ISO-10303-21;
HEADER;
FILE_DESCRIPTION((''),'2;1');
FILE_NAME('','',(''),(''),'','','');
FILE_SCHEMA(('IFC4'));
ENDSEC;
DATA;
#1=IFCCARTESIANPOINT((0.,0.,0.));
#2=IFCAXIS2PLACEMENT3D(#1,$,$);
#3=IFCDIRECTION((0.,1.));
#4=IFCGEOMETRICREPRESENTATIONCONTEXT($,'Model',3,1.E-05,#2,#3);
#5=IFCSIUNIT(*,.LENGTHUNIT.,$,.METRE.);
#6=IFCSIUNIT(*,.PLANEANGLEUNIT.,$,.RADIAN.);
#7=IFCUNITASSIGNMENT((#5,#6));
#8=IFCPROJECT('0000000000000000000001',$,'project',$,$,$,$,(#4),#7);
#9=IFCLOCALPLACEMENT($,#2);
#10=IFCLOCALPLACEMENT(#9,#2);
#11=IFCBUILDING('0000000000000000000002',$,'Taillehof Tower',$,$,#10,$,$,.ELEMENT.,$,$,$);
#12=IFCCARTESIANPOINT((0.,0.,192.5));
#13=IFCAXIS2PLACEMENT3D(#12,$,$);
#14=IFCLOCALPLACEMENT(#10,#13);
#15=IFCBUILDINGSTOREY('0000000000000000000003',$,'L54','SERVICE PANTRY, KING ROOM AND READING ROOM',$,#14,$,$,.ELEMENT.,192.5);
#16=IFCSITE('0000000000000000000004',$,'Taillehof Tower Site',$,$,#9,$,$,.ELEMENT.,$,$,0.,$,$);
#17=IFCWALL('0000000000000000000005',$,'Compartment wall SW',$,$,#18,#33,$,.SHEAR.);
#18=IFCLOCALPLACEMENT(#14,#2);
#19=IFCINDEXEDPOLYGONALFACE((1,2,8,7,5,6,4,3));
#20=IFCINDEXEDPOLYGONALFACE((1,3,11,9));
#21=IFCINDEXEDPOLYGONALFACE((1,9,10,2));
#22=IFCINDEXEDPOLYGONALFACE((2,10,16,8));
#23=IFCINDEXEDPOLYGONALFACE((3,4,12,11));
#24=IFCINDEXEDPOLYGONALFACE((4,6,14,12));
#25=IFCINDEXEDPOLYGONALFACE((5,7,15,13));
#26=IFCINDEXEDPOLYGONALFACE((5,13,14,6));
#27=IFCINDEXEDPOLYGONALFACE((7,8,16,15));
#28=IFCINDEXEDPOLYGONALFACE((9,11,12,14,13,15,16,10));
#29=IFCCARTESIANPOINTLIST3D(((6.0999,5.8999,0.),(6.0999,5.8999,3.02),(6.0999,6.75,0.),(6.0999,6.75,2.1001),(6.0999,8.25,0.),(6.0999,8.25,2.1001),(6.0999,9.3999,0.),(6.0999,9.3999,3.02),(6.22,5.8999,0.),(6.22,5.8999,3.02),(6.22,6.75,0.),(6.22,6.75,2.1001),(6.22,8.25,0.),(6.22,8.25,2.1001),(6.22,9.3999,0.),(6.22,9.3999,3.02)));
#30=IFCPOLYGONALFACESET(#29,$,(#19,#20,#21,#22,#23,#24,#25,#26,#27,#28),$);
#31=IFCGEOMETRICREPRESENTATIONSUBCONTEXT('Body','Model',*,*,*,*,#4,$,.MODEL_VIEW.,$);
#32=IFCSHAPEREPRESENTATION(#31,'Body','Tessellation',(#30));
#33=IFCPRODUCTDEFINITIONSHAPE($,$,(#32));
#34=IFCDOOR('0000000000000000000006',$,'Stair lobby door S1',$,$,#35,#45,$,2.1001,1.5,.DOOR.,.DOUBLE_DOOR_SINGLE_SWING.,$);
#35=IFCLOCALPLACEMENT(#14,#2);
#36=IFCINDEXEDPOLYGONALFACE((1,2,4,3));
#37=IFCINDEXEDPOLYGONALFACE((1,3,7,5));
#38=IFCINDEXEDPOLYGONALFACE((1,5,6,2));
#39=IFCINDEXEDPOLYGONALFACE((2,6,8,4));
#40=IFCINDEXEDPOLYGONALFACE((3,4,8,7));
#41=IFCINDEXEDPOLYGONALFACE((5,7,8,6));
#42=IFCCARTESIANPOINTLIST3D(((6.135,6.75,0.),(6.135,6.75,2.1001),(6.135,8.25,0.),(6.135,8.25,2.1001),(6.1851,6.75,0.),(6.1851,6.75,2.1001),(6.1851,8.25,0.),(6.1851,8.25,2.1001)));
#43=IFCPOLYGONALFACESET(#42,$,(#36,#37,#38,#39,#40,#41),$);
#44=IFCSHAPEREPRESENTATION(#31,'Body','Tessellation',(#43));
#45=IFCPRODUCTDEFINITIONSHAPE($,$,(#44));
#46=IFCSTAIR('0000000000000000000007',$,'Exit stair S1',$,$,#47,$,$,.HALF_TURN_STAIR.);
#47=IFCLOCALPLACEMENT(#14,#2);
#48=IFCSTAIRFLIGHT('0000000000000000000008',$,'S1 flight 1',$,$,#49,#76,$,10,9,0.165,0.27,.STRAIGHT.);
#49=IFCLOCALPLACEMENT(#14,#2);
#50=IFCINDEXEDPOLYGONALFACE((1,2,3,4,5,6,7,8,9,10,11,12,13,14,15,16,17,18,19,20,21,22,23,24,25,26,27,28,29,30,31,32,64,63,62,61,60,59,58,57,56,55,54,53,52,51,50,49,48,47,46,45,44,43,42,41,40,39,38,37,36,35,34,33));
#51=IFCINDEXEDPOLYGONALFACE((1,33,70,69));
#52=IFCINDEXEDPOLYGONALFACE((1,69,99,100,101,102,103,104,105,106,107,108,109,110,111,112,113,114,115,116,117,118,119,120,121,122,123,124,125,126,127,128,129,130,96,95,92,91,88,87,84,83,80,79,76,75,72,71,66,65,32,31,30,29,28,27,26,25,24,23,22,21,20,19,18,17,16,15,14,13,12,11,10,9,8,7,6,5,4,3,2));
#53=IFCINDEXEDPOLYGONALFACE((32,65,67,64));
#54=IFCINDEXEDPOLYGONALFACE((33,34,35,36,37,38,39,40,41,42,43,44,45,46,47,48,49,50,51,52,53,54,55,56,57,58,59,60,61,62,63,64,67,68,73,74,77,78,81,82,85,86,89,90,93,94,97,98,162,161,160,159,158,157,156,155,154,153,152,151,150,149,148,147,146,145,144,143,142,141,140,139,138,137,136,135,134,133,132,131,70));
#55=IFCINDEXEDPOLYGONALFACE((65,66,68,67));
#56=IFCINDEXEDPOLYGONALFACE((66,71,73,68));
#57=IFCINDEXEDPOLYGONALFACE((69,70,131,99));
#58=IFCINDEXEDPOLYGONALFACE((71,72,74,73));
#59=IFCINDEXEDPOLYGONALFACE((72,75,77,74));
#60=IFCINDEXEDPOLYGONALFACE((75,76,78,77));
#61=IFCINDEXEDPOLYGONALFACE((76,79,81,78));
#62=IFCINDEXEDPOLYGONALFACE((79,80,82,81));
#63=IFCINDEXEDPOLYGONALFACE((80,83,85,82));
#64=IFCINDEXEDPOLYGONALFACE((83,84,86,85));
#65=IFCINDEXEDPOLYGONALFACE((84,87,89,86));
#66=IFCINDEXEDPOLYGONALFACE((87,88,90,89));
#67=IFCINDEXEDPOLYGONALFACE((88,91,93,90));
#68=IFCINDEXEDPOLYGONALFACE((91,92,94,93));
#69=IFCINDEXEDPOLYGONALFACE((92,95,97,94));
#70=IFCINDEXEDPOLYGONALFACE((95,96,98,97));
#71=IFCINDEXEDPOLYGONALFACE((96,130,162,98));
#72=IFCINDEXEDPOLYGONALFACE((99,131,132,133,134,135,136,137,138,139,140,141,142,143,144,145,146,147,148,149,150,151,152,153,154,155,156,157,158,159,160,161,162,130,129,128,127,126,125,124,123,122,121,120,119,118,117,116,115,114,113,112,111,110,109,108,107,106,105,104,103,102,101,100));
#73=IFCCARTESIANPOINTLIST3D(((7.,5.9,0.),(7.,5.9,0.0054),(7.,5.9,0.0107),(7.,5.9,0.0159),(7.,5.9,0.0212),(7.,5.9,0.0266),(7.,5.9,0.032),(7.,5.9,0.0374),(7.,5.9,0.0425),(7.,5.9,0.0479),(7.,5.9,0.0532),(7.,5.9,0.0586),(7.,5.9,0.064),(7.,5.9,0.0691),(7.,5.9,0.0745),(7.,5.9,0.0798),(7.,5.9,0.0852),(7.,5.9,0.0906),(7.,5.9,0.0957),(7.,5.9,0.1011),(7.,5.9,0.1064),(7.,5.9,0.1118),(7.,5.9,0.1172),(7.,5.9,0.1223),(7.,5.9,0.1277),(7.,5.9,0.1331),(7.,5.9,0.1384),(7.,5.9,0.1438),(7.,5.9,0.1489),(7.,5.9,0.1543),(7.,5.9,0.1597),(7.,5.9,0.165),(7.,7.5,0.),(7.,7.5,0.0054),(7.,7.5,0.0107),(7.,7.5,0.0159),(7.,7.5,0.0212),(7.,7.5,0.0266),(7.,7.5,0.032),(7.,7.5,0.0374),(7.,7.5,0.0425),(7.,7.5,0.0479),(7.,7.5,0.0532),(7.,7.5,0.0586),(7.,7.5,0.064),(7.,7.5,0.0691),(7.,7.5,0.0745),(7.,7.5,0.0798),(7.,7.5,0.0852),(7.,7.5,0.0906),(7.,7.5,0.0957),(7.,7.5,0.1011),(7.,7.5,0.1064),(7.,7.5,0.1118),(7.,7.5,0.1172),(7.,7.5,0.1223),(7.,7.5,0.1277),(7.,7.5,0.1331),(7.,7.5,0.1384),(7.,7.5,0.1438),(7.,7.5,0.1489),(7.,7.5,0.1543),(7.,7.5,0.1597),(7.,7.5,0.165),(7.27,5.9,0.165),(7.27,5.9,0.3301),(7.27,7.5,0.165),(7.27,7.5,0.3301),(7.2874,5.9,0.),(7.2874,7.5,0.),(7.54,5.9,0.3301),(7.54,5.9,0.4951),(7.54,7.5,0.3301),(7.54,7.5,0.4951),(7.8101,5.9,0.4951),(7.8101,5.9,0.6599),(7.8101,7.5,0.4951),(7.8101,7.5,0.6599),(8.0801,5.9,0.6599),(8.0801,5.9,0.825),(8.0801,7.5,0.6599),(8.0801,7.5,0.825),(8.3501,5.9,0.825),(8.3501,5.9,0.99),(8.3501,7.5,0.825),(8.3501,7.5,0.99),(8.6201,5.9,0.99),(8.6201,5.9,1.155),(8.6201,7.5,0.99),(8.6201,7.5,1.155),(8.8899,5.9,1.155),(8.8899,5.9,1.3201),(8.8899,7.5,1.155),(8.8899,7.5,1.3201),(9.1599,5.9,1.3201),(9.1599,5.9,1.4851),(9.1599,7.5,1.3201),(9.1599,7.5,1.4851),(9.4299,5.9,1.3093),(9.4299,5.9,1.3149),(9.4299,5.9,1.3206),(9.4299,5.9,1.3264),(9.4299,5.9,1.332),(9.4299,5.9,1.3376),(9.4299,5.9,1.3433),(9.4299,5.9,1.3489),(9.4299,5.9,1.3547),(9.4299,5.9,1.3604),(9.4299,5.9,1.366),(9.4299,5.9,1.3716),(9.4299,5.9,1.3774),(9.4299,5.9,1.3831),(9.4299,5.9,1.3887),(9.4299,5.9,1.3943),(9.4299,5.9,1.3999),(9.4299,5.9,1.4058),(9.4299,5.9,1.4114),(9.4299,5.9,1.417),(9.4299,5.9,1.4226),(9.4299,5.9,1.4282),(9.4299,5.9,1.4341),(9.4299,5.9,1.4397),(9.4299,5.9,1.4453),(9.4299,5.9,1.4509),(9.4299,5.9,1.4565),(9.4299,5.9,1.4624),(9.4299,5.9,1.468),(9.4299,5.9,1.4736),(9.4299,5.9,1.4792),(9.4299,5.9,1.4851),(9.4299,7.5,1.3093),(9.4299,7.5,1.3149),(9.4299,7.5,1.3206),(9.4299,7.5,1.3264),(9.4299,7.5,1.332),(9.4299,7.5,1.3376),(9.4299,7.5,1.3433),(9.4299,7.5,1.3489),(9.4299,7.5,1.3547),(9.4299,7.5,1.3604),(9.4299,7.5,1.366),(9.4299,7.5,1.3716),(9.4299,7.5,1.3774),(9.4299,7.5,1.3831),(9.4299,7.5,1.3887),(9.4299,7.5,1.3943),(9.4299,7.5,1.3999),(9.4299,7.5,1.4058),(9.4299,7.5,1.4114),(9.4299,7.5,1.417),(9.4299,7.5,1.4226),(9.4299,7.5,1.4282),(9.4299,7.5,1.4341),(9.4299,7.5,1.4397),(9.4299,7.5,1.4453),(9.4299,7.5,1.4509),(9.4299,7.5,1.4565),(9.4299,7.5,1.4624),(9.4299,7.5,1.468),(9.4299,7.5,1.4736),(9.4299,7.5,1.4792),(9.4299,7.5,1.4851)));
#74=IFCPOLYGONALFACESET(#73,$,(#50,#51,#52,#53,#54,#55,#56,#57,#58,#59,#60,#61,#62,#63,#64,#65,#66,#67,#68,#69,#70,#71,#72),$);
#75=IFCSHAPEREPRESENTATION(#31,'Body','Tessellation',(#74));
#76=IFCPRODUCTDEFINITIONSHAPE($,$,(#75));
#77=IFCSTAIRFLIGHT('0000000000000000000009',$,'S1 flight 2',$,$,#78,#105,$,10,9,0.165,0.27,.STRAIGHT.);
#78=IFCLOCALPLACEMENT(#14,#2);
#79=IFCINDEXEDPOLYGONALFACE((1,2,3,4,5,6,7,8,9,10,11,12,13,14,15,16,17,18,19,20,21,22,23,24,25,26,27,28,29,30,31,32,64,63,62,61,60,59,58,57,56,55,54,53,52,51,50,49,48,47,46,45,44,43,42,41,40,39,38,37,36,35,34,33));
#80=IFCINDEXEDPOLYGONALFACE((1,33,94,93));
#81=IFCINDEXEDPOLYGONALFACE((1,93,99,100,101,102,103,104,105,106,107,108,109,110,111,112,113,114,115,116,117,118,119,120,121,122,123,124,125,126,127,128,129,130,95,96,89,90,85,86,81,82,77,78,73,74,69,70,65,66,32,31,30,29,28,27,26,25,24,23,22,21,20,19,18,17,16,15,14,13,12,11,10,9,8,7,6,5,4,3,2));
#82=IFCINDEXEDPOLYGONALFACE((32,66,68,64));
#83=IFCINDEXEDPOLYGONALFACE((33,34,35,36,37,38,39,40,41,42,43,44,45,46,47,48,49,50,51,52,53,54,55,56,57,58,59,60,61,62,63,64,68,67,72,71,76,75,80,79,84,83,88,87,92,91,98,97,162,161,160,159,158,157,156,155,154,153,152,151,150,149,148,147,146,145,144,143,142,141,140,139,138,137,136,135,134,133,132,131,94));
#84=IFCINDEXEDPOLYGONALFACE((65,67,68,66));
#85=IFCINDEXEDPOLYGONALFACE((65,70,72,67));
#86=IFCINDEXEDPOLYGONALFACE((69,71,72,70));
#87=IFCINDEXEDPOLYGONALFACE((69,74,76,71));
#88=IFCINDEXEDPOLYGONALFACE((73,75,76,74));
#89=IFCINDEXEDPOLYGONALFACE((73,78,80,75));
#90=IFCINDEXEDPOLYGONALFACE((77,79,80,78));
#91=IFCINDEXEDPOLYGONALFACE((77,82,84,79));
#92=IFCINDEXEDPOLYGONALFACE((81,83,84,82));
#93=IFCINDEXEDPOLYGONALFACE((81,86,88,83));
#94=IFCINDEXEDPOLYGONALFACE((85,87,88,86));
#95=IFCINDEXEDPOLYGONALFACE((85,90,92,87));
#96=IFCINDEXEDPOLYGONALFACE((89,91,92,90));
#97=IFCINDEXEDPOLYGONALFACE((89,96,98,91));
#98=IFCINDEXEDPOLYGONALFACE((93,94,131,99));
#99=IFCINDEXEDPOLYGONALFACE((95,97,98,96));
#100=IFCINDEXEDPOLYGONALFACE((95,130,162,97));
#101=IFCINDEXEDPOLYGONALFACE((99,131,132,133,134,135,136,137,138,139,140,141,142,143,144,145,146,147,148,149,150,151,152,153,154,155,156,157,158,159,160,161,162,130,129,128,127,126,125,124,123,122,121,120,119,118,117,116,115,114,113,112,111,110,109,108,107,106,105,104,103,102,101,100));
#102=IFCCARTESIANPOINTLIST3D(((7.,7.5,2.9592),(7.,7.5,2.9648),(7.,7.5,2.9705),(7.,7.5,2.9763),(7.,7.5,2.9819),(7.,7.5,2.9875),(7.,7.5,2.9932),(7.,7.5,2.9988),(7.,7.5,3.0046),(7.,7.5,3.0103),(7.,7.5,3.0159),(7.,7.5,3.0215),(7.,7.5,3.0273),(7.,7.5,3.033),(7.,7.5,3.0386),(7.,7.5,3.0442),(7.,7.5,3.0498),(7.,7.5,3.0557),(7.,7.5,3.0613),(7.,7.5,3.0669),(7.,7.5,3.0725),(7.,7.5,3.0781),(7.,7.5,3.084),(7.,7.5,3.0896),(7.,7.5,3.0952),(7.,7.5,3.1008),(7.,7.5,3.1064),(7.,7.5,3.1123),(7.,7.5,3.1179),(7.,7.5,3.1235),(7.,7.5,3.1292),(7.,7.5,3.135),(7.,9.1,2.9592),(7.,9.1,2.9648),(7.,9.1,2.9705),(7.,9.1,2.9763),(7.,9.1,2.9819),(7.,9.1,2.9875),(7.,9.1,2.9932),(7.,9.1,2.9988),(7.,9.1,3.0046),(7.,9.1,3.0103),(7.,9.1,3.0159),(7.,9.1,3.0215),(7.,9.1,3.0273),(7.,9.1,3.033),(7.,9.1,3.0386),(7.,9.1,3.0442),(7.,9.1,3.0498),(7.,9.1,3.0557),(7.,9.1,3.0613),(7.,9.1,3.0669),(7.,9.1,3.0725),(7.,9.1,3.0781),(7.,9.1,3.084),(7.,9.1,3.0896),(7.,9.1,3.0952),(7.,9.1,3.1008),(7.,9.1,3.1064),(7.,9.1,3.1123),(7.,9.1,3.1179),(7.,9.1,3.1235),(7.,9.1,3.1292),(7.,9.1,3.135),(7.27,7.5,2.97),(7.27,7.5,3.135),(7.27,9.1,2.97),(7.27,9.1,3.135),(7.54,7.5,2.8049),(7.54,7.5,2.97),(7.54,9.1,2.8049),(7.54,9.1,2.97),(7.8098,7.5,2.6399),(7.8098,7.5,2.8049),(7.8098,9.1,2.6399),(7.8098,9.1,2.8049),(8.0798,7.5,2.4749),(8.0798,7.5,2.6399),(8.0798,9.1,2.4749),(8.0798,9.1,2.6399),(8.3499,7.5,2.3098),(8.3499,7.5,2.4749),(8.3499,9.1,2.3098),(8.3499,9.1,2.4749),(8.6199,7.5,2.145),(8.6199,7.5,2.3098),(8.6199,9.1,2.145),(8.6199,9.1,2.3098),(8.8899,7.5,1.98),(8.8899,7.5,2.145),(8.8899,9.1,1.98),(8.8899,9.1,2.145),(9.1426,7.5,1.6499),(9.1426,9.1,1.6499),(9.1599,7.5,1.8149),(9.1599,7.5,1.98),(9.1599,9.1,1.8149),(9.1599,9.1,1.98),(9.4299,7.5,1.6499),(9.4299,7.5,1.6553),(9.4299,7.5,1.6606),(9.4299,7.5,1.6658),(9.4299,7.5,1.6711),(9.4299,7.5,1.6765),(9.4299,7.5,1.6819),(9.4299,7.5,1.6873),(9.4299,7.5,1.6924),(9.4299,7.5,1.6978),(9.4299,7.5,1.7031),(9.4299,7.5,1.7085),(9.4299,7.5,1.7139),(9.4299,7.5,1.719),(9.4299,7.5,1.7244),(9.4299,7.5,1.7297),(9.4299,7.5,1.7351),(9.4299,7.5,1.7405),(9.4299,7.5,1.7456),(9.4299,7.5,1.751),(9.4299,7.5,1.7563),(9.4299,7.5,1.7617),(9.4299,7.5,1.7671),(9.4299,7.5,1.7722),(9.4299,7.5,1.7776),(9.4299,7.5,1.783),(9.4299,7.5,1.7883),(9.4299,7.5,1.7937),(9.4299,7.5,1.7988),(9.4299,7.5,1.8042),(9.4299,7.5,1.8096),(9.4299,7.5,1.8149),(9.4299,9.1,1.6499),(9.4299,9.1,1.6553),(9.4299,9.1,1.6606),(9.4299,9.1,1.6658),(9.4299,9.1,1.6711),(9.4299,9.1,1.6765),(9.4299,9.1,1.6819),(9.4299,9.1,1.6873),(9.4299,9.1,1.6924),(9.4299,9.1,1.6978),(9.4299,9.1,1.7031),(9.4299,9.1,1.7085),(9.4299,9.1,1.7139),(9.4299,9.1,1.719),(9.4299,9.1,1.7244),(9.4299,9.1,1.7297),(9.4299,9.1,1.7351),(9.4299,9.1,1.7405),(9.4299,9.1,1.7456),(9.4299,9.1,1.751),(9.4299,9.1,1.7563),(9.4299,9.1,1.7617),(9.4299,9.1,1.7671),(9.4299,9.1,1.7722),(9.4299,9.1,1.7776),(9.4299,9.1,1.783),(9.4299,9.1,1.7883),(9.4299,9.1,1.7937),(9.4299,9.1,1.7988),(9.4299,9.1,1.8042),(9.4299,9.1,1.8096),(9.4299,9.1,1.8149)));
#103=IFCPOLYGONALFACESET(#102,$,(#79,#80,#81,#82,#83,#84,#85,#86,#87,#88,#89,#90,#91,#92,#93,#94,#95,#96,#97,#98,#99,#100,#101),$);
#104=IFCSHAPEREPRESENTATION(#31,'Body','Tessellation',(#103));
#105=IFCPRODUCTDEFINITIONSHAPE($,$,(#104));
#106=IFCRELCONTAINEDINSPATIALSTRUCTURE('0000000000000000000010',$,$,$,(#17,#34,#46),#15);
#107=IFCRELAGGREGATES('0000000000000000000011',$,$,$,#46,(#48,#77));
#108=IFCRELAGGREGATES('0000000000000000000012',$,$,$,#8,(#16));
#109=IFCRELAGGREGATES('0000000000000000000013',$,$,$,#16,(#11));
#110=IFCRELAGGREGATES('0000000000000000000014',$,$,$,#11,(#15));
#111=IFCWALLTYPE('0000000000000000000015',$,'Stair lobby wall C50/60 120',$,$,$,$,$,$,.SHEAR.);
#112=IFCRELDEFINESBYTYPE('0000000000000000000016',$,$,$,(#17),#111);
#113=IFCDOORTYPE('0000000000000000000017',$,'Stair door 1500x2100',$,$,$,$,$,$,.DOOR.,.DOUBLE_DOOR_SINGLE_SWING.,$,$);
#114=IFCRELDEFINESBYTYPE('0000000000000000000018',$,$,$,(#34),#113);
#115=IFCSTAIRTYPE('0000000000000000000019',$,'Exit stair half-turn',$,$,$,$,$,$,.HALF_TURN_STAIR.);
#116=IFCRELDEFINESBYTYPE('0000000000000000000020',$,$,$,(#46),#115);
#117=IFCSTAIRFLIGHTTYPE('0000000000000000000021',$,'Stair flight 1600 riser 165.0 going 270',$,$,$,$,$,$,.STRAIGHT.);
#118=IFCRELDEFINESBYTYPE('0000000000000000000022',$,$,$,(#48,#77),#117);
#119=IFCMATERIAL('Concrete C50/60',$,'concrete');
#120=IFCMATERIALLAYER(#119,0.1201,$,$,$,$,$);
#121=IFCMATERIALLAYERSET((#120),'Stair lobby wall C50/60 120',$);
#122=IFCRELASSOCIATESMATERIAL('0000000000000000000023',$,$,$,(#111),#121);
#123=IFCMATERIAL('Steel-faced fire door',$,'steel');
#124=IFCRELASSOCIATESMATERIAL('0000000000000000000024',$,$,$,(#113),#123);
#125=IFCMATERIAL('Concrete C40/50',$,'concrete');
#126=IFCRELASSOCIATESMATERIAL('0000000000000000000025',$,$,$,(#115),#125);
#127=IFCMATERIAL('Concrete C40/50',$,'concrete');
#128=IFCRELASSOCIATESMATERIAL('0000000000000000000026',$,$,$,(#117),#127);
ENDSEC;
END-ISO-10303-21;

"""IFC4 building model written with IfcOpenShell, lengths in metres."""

from ifc_helpers import new_model, si_unit, direction, frame, frame_2d, origin, place, context, subcontext, project, spatial, polyline, rectangle, outline, extrude, material, layer, layer_set, type_object, element, fill, aggregate, save


model = new_model("IFC4")

# Units and contexts
model_context = context("Model", 3, precision=1e-05, world=origin(), true_north=direction((0.0, 1.0)))
body_context = subcontext(model_context, "Body", "Model", "MODEL_VIEW")
ifc_project = project(units=[si_unit("LENGTHUNIT", "METRE"), si_unit("PLANEANGLEUNIT", "RADIAN")], contexts=[model_context])

# Site, building, storey
site_placement = place(None, origin())
site = spatial("IfcSite", under=ifc_project, at=site_placement, Name="Taillehof Tower Site", CompositionType="ELEMENT", RefElevation=0.0)
building_placement = place(site_placement, origin())
building = spatial("IfcBuilding", under=site, at=building_placement, Name="Taillehof Tower", CompositionType="ELEMENT")
storey_placement = place(building_placement, frame((0.0, 0.0, 192.5)))
storey = spatial("IfcBuildingStorey", under=building, at=storey_placement, Name="L54", Description="SERVICE PANTRY, KING ROOM AND READING ROOM", CompositionType="ELEMENT", Elevation=192.5)

# Wall, opening, door
ifc_material_1 = material(Name="Concrete C50/60", Category="concrete")
ifc_layer_1 = layer(ifc_material_1, 0.1201)
ifc_layer_set_1 = layer_set([ifc_layer_1], Name="Stair lobby wall C50/60 120")
wall_type_1 = type_object("IfcWallType", Name="Stair lobby wall C50/60 120", PredefinedType="SHEAR", material=ifc_layer_set_1)
wall_1_placement = place(storey_placement, frame((6.1599, 5.8999, 0.0), z_axis=(0.0, 0.0, 1.0), x_axis=(0.0, 1.0, 0.0)))
wall_1 = element("IfcWall", 1, at=wall_1_placement, inside=storey, type_object=wall_type_1, Name="Compartment wall SW", PredefinedType="SHEAR", context=body_context, shape_type="SweptSolid", body=[
    extrude(rectangle(XDim=3.5, YDim=0.1201, at=frame_2d((1.75, 0.0))), origin(), (0.0, 0.0, 1.0), 3.02),
])
opening_1_placement = place(wall_1_placement, frame((0.8501, 0.0, 0.0)))
opening_1 = element("IfcOpeningElement", 2, at=opening_1_placement, cuts=wall_1, PredefinedType="OPENING", context=body_context, shape_type="SweptSolid", body=[
    extrude(rectangle(XDim=1.5, YDim=2.1001, at=frame_2d((0.75, 1.05))), frame((0.0, 0.0701, 0.0), z_axis=(0.0, -1.0, 0.0), x_axis=(1.0, 0.0, 0.0)), (0.0, 0.0, 1.0), 0.1401),
])
ifc_material_2 = material(Name="Steel-faced fire door", Category="steel")
door_type_1 = type_object("IfcDoorType", Name="Stair door 1500x2100", OperationType="DOUBLE_DOOR_SINGLE_SWING", PredefinedType="DOOR", material=ifc_material_2)
door_1_placement = place(opening_1_placement, origin())
door_1 = element("IfcDoor", 3, at=door_1_placement, inside=storey, type_object=door_type_1, Name="Stair lobby door S1", OperationType="DOUBLE_DOOR_SINGLE_SWING", OverallHeight=2.1001, OverallWidth=1.5, PredefinedType="DOOR", context=body_context, shape_type="SweptSolid", body=[
    extrude(rectangle(XDim=1.5, YDim=2.1001, at=frame_2d((0.75, 1.05))), frame((0.0, 0.0249, 0.0), z_axis=(0.0, -1.0, 0.0), x_axis=(1.0, 0.0, 0.0)), (0.0, 0.0, 1.0), 0.05),
])
fill(opening_1, door_1)

# Stair, stair flights
ifc_material_3 = material(Name="Concrete C40/50", Category="concrete")
stair_type = type_object("IfcStairType", Name="Exit stair half-turn", PredefinedType="HALF_TURN_STAIR", material=ifc_material_3)
stair_placement = place(storey_placement, origin())
stair = element("IfcStair", 4, at=stair_placement, inside=storey, type_object=stair_type, Name="Exit stair S1", PredefinedType="HALF_TURN_STAIR")
ifc_material_4 = material(Name="Concrete C40/50", Category="concrete")
stair_flight_type = type_object("IfcStairFlightType", Name="Stair flight 1600 riser 165.0 going 270", PredefinedType="STRAIGHT", material=ifc_material_4)
stair_flight_1_placement = place(storey_placement, frame((7.0, 6.7, 0.0), z_axis=(0.0, 0.0, 1.0), x_axis=(1.0, 0.0, 0.0)))
stair_flight_1 = element("IfcStairFlight", 5, at=stair_flight_1_placement, type_object=stair_flight_type, Name="S1 flight 1", NumberOfRisers=10, NumberOfTreads=9, PredefinedType="STRAIGHT", RiserHeight=0.165, TreadLength=0.27, context=body_context, shape_type="SweptSolid", body=[
    extrude(outline(polyline([(0.0, 0.0), (0.0, 0.0054), (0.0, 0.0107), (0.0, 0.0159), (0.0, 0.0212), (0.0, 0.0266), (0.0, 0.032), (0.0, 0.0374), (0.0, 0.0425), (0.0, 0.0479), (0.0, 0.0532), (0.0, 0.0586), (0.0, 0.064), (0.0, 0.0691), (0.0, 0.0745), (0.0, 0.0798), (0.0, 0.0852), (0.0, 0.0906), (0.0, 0.0957), (0.0, 0.1011), (0.0, 0.1064), (0.0, 0.1118), (0.0, 0.1172), (0.0, 0.1223), (0.0, 0.1277), (0.0, 0.1331), (0.0, 0.1384), (0.0, 0.1438), (0.0, 0.1489), (0.0, 0.1543), (0.0, 0.1597), (0.0, 0.165), (0.27, 0.165), (0.27, 0.3301), (0.54, 0.3301), (0.54, 0.4951), (0.8101, 0.4951), (0.8101, 0.6599), (1.0801, 0.6599), (1.0801, 0.825), (1.3501, 0.825), (1.3501, 0.99), (1.6201, 0.99), (1.6201, 1.155), (1.8899, 1.155), (1.8899, 1.3201), (2.1599, 1.3201), (2.1599, 1.4851), (2.4299, 1.4851), (2.4299, 1.4792), (2.4299, 1.4736), (2.4299, 1.468), (2.4299, 1.4624), (2.4299, 1.4565), (2.4299, 1.4509), (2.4299, 1.4453), (2.4299, 1.4397), (2.4299, 1.4341), (2.4299, 1.4282), (2.4299, 1.4226), (2.4299, 1.417), (2.4299, 1.4114), (2.4299, 1.4058), (2.4299, 1.3999), (2.4299, 1.3943), (2.4299, 1.3887), (2.4299, 1.3831), (2.4299, 1.3774), (2.4299, 1.3716), (2.4299, 1.366), (2.4299, 1.3604), (2.4299, 1.3547), (2.4299, 1.3489), (2.4299, 1.3433), (2.4299, 1.3376), (2.4299, 1.332), (2.4299, 1.3264), (2.4299, 1.3206), (2.4299, 1.3149), (2.4299, 1.3093), (0.2874, 0.0), (0.0, 0.0)])), frame((0.0, 0.8, 0.0), z_axis=(0.0, -1.0, 0.0), x_axis=(1.0, 0.0, 0.0)), (0.0, 0.0, 1.0), 1.6),
])
stair_flight_2_placement = place(storey_placement, frame((9.4299, 8.3, 1.6499), z_axis=(0.0, 0.0, 1.0), x_axis=(-1.0, 0.0, 0.0)))
stair_flight_2 = element("IfcStairFlight", 6, at=stair_flight_2_placement, type_object=stair_flight_type, Name="S1 flight 2", NumberOfRisers=10, NumberOfTreads=9, PredefinedType="STRAIGHT", RiserHeight=0.165, TreadLength=0.27, context=body_context, shape_type="SweptSolid", body=[
    extrude(outline(polyline([(0.0, 0.0), (0.0, 0.0054), (0.0, 0.0107), (0.0, 0.0159), (0.0, 0.0212), (0.0, 0.0266), (0.0, 0.032), (0.0, 0.0374), (0.0, 0.0425), (0.0, 0.0479), (0.0, 0.0532), (0.0, 0.0586), (0.0, 0.064), (0.0, 0.0691), (0.0, 0.0745), (0.0, 0.0798), (0.0, 0.0852), (0.0, 0.0906), (0.0, 0.0957), (0.0, 0.1011), (0.0, 0.1064), (0.0, 0.1118), (0.0, 0.1172), (0.0, 0.1223), (0.0, 0.1277), (0.0, 0.1331), (0.0, 0.1384), (0.0, 0.1438), (0.0, 0.1489), (0.0, 0.1543), (0.0, 0.1597), (0.0, 0.165), (0.27, 0.165), (0.27, 0.3301), (0.54, 0.3301), (0.54, 0.4951), (0.8101, 0.4951), (0.8101, 0.6599), (1.0801, 0.6599), (1.0801, 0.825), (1.3501, 0.825), (1.3501, 0.99), (1.6201, 0.99), (1.6201, 1.155), (1.8899, 1.155), (1.8899, 1.3201), (2.1599, 1.3201), (2.1599, 1.4851), (2.4299, 1.4851), (2.4299, 1.4792), (2.4299, 1.4736), (2.4299, 1.468), (2.4299, 1.4624), (2.4299, 1.4565), (2.4299, 1.4509), (2.4299, 1.4453), (2.4299, 1.4397), (2.4299, 1.4341), (2.4299, 1.4282), (2.4299, 1.4226), (2.4299, 1.417), (2.4299, 1.4114), (2.4299, 1.4058), (2.4299, 1.3999), (2.4299, 1.3943), (2.4299, 1.3887), (2.4299, 1.3831), (2.4299, 1.3774), (2.4299, 1.3716), (2.4299, 1.366), (2.4299, 1.3604), (2.4299, 1.3547), (2.4299, 1.3489), (2.4299, 1.3433), (2.4299, 1.3376), (2.4299, 1.332), (2.4299, 1.3264), (2.4299, 1.3206), (2.4299, 1.3149), (2.4299, 1.3093), (0.2874, 0.0), (0.0, 0.0)])), frame((0.0, 0.8, 0.0), z_axis=(0.0, -1.0, 0.0), x_axis=(1.0, 0.0, 0.0)), (0.0, 0.0, 1.0), 1.6),
])
aggregate(stair, [stair_flight_1, stair_flight_2])

save(model, "model.ifc")
